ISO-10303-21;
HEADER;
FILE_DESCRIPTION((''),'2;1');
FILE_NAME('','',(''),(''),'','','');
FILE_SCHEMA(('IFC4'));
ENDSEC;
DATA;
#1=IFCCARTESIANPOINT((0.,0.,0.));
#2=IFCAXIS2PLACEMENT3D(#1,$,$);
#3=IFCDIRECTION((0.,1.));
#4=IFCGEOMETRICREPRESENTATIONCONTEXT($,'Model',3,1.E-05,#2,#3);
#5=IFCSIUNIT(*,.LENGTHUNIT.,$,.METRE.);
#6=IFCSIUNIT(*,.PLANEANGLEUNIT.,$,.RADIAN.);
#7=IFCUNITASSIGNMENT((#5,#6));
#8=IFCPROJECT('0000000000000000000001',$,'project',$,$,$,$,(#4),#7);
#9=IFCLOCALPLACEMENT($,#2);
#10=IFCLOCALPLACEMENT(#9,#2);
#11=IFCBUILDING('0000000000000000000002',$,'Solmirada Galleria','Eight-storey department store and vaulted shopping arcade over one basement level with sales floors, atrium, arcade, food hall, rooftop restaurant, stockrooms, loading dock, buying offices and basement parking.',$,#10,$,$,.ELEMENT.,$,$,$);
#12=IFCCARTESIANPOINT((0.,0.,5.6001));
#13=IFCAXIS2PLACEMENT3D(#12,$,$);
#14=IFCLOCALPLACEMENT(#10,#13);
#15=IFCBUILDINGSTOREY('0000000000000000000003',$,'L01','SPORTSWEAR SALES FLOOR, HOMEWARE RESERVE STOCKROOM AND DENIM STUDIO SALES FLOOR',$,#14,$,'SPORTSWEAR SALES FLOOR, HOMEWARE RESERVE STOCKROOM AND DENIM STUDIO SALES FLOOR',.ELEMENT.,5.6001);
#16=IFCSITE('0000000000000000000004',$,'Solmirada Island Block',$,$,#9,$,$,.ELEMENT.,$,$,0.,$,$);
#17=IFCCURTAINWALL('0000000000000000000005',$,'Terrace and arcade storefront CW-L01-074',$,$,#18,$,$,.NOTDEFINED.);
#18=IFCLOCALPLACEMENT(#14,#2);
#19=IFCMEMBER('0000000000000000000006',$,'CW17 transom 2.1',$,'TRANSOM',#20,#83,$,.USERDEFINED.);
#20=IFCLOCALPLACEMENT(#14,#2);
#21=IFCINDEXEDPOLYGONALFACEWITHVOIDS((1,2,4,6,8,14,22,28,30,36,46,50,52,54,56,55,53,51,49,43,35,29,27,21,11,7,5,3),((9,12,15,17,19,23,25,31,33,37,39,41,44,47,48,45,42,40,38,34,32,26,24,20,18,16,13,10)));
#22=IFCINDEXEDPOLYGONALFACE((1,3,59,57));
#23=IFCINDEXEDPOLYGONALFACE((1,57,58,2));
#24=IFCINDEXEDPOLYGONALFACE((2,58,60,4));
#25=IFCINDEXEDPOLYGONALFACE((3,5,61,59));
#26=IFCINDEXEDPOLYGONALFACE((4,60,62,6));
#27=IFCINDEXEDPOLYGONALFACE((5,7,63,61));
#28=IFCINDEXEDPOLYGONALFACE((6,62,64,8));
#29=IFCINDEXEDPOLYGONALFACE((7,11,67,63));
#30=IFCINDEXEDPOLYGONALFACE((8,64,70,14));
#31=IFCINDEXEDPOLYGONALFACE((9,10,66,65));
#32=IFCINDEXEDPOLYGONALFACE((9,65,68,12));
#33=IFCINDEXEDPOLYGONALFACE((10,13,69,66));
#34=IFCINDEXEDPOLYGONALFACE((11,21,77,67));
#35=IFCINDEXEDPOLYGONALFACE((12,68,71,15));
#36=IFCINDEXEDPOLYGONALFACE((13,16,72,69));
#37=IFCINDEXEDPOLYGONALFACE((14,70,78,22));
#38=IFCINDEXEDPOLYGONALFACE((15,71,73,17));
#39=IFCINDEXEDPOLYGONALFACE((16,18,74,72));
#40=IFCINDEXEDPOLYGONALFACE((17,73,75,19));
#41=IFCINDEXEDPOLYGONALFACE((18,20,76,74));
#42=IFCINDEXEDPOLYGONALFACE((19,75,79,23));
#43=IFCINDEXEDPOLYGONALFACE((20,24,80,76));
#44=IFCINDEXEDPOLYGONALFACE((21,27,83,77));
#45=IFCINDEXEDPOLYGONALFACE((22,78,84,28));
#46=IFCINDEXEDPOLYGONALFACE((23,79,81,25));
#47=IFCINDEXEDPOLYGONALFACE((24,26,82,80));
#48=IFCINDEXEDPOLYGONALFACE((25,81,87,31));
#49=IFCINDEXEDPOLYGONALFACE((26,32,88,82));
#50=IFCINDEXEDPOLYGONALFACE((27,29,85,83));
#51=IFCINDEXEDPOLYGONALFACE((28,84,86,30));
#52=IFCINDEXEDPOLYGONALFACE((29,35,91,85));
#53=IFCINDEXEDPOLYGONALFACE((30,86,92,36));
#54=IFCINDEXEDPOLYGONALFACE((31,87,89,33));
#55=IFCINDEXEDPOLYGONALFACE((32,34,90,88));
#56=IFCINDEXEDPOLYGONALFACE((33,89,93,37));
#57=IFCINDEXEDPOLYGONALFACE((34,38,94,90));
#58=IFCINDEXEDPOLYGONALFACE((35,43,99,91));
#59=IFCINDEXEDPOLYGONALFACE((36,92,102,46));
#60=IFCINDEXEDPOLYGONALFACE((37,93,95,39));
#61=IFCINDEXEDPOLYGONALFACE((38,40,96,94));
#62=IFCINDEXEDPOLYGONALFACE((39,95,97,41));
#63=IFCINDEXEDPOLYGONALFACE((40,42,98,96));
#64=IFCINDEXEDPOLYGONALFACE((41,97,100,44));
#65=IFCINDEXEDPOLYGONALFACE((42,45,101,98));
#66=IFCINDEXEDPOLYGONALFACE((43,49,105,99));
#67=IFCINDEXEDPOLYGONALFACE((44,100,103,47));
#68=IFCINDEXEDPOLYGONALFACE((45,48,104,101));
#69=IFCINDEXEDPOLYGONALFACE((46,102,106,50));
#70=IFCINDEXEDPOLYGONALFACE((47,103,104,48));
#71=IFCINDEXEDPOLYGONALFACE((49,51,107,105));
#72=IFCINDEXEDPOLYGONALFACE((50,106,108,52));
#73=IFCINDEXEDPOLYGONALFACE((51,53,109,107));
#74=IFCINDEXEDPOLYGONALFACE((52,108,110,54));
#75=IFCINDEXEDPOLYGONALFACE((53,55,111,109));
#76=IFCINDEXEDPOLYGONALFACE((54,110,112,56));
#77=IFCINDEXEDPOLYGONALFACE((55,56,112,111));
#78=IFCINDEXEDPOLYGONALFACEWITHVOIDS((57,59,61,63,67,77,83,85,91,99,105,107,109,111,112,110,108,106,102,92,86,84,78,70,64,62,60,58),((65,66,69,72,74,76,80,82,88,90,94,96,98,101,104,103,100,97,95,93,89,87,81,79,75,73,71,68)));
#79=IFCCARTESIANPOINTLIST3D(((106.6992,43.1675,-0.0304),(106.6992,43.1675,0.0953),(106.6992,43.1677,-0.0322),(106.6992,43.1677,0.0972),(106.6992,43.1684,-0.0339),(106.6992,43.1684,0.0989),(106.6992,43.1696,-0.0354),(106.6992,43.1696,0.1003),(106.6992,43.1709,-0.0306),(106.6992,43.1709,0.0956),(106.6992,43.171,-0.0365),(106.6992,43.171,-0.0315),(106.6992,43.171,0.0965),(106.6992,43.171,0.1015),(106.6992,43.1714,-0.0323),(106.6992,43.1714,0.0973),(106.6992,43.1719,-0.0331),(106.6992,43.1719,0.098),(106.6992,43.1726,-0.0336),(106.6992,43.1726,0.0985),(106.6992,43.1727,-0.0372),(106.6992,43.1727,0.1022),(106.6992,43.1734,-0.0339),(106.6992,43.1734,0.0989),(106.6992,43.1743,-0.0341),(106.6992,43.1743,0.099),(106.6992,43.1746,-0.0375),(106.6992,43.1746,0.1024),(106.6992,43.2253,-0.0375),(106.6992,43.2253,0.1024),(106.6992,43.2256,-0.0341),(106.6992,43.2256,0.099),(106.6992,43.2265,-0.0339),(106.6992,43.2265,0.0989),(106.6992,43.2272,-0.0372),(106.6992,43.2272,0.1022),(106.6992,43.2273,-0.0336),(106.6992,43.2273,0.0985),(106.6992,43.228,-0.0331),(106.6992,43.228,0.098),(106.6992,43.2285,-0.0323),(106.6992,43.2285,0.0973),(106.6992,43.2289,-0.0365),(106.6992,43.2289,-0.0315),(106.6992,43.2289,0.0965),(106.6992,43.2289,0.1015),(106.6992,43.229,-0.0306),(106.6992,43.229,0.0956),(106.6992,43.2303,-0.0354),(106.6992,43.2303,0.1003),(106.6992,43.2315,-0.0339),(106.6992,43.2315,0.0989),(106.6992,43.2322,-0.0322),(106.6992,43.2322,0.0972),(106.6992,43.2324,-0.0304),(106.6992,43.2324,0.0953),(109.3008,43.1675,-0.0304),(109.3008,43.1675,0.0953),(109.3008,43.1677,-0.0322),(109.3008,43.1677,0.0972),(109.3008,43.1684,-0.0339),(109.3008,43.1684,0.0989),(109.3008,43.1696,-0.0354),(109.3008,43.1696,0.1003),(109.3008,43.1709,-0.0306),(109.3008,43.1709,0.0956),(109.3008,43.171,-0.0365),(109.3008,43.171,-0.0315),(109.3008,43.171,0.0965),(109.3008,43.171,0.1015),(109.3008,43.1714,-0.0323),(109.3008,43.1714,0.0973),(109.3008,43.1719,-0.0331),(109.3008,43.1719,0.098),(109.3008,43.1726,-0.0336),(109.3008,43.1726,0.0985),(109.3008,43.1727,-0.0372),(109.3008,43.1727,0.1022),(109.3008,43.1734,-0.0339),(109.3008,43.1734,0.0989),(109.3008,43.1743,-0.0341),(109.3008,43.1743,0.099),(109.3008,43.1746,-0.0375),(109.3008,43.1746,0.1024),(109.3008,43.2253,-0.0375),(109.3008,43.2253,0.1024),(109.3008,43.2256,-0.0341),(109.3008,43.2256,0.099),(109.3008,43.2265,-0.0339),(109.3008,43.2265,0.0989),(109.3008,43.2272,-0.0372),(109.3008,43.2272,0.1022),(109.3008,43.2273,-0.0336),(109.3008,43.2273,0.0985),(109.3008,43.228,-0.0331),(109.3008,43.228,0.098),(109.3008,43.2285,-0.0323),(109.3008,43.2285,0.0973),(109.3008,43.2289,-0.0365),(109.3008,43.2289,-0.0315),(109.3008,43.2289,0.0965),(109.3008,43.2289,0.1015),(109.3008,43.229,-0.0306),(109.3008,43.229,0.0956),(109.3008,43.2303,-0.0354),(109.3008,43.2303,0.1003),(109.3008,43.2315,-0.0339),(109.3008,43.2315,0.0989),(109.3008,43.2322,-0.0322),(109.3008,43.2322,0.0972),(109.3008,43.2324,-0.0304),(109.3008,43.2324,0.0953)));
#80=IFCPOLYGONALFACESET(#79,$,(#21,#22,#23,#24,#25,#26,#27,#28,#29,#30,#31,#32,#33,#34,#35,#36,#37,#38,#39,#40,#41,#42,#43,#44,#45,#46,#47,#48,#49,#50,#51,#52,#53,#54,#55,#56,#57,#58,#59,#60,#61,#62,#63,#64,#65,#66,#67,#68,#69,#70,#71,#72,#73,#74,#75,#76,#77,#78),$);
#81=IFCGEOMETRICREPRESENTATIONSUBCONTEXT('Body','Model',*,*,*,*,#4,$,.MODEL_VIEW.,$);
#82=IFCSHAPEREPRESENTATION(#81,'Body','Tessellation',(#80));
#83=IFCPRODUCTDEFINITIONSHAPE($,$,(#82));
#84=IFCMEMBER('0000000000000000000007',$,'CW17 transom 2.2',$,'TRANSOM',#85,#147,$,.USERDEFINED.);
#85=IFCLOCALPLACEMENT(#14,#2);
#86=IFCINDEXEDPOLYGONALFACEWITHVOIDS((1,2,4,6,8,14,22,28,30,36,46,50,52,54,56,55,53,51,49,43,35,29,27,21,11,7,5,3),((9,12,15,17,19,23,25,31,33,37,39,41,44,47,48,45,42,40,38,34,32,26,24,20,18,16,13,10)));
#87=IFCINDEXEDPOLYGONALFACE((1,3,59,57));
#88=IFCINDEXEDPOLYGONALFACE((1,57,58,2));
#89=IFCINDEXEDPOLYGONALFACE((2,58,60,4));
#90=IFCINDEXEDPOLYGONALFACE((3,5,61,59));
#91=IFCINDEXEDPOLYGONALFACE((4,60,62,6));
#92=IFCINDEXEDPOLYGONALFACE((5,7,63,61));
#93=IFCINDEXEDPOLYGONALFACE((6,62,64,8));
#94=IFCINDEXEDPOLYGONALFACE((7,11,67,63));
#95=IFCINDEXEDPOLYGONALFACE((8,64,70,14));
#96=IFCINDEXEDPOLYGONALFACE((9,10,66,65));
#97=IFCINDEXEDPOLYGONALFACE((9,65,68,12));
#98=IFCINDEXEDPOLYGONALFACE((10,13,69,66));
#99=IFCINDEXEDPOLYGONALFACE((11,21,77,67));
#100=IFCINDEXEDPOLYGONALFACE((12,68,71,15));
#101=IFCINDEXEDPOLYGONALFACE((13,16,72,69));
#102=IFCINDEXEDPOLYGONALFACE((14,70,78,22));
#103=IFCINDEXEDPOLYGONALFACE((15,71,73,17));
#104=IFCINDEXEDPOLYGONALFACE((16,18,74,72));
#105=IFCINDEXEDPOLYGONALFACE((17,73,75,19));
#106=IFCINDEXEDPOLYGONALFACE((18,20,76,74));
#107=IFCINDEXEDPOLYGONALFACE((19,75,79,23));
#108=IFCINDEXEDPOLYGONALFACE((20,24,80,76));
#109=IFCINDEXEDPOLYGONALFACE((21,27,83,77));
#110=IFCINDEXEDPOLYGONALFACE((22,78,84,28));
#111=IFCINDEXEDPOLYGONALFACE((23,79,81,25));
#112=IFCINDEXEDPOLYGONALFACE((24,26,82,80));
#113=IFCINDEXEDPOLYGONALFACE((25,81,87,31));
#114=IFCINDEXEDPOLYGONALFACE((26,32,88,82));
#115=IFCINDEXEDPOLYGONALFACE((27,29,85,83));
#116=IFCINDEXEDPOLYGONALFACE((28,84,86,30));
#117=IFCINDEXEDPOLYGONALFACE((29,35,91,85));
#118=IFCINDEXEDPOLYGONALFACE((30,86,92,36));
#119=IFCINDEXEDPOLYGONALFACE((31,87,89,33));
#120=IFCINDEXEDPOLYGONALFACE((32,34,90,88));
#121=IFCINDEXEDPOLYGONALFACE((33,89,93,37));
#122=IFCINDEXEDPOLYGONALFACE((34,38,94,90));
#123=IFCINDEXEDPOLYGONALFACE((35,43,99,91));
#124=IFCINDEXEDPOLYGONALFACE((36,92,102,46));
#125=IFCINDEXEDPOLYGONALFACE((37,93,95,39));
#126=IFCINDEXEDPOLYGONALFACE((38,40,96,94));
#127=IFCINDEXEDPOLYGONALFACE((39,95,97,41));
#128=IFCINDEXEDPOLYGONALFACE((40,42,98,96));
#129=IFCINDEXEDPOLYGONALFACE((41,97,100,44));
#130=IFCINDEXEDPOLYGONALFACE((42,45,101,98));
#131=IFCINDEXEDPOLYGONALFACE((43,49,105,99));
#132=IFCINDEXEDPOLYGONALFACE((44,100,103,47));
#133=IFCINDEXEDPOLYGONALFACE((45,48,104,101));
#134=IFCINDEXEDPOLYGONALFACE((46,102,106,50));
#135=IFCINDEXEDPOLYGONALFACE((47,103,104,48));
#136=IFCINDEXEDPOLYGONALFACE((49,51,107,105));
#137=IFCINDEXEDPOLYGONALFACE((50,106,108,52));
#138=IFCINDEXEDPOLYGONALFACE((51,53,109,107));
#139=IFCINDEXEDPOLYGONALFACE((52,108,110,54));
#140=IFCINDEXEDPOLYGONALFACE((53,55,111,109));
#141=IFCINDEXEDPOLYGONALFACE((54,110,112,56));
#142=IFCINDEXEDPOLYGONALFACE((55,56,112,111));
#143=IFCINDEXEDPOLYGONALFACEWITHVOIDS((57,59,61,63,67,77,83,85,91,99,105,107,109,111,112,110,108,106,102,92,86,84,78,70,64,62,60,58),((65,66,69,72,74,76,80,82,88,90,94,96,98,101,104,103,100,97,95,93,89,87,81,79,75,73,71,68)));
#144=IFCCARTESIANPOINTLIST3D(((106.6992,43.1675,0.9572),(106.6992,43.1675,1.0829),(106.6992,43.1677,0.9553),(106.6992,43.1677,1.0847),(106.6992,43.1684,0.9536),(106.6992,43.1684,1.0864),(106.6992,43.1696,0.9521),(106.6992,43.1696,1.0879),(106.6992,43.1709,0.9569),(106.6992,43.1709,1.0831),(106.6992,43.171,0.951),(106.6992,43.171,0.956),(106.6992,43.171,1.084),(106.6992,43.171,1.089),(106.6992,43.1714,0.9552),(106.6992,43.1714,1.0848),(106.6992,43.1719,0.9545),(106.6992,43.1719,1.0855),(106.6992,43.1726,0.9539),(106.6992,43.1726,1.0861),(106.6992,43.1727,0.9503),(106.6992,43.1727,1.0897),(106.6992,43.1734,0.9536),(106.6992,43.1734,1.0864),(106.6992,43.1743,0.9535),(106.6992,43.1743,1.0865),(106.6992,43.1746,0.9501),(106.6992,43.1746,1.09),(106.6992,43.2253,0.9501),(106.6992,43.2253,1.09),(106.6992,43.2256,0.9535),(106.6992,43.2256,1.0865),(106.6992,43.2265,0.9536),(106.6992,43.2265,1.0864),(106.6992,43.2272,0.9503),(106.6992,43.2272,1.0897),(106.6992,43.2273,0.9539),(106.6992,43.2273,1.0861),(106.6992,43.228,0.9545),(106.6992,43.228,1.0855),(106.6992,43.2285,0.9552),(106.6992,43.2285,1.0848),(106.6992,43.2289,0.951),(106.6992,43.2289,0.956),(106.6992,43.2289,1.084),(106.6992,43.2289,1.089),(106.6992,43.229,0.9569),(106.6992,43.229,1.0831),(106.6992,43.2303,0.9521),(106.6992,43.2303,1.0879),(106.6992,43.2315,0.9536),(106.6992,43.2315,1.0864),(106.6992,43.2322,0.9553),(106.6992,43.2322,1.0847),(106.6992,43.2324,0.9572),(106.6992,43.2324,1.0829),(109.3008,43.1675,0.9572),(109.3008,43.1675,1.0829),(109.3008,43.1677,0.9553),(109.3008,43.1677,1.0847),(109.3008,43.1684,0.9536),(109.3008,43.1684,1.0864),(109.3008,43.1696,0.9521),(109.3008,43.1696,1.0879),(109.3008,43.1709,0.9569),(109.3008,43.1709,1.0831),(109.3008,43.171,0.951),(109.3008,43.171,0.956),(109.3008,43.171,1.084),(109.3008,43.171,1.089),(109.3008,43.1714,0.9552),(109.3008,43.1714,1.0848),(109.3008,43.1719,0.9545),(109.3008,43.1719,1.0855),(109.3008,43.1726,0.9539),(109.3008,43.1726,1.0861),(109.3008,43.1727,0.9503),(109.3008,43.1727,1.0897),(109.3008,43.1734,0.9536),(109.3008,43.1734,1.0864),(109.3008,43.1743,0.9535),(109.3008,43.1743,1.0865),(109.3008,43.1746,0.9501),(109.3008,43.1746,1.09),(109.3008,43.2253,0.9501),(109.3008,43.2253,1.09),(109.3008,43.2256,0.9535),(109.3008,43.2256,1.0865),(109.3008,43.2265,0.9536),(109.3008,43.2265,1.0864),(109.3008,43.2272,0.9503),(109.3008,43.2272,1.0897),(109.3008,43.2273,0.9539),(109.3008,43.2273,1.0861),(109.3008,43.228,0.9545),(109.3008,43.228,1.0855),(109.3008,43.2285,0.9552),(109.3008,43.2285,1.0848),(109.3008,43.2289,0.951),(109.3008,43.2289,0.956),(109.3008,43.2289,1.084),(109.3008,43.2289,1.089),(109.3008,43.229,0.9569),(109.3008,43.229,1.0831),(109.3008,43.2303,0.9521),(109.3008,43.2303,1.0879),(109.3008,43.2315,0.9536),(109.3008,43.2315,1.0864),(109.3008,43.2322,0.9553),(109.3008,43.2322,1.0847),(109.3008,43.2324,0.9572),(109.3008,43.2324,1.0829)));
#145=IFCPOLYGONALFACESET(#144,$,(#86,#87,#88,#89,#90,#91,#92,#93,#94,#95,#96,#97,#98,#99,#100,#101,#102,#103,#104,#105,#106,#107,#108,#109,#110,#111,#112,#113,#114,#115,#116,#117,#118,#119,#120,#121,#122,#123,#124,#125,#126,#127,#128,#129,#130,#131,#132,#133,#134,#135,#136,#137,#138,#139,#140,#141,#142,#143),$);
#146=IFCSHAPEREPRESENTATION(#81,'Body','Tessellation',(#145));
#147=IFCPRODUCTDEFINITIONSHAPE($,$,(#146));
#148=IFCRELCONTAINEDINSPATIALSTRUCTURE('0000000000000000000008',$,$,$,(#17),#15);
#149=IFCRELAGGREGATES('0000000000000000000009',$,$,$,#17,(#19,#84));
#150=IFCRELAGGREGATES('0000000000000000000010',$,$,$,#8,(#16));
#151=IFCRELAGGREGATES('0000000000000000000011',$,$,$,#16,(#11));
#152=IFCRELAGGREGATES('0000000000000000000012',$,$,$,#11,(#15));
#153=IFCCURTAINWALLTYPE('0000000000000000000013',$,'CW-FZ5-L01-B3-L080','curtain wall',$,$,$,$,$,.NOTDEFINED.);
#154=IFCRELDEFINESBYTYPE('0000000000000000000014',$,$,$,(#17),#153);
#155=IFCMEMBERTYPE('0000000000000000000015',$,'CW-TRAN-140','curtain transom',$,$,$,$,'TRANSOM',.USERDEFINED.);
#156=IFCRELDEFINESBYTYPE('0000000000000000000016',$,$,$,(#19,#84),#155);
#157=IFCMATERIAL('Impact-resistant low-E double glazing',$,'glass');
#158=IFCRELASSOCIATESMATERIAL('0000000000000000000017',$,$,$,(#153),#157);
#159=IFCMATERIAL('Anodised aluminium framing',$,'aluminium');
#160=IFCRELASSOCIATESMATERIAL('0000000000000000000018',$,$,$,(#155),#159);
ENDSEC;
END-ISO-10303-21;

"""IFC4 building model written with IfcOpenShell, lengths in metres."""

from ifc_helpers import new_model, si_unit, direction, frame, origin, origin_2d, place, context, subcontext, project, spatial, hollow_rectangle, extrude, material, material_profile, profile_set, type_object, element, aggregate, save


model = new_model("IFC4")

# Units and contexts
model_context = context("Model", 3, precision=1e-05, world=origin(), true_north=direction((0.0, 1.0)))
body_context = subcontext(model_context, "Body", "Model", "MODEL_VIEW")
ifc_project = project(units=[si_unit("LENGTHUNIT", "METRE"), si_unit("PLANEANGLEUNIT", "RADIAN")], contexts=[model_context])

# Site, building, storey
site_placement = place(None, origin())
site = spatial("IfcSite", under=ifc_project, at=site_placement, Name="Solmirada Island Block", CompositionType="ELEMENT", RefElevation=0.0)
building_placement = place(site_placement, origin())
building = spatial("IfcBuilding", under=site, at=building_placement, Name="Solmirada Galleria", Description="Eight-storey department store and vaulted shopping arcade over one basement level with sales floors, atrium, arcade, food hall, rooftop restaurant, stockrooms, loading dock, buying offices and basement parking.", CompositionType="ELEMENT")
storey_placement = place(building_placement, frame((0.0, 0.0, 5.6001)))
storey = spatial("IfcBuildingStorey", under=building, at=storey_placement, Name="L01", Description="SPORTSWEAR SALES FLOOR, HOMEWARE RESERVE STOCKROOM AND DENIM STUDIO SALES FLOOR", LongName="SPORTSWEAR SALES FLOOR, HOMEWARE RESERVE STOCKROOM AND DENIM STUDIO SALES FLOOR", CompositionType="ELEMENT", Elevation=5.6001)

# Shared definitions
ifc_material_1 = material(Name="Impact-resistant low-E double glazing", Category="glass")
ifc_material_2 = material(Name="Anodised aluminium framing", Category="aluminium")

# Curtain wall
curtain_wall_type_1 = type_object("IfcCurtainWallType", Name="CW-FZ5-L01-B3-L080", Description="curtain wall", PredefinedType="NOTDEFINED", material=ifc_material_1)
curtain_wall_1_placement = place(storey_placement, origin())
curtain_wall_1 = element("IfcCurtainWall", 1, at=curtain_wall_1_placement, inside=storey, type_object=curtain_wall_type_1, Name="Terrace and arcade storefront CW-L01-074", PredefinedType="NOTDEFINED")

# Members
ifc_material_profile_1 = material_profile(ifc_material_2, hollow_rectangle(XDim=0.0649, YDim=0.1399, WallThickness=0.0034, InnerFilletRadius=0.0034, OuterFilletRadius=0.0071, at=origin_2d()), Name="ALU-TRAN-140X65")
ifc_profile_set_1 = profile_set([ifc_material_profile_1], Name="Anodised aluminium framing")
member_type_1 = type_object("IfcMemberType", Name="CW-TRAN-140", Description="curtain transom", ElementType="TRANSOM", PredefinedType="USERDEFINED", material=ifc_profile_set_1)
member_1_placement = place(storey_placement, frame((106.6992, 43.2, 0.0325), z_axis=(1.0, 0.0, 0.0), x_axis=(0.0, 1.0, 0.0)))
member_1 = element("IfcMember", 2, at=member_1_placement, type_object=member_type_1, Name="CW17 transom 2.1", ObjectType="TRANSOM", PredefinedType="USERDEFINED", context=body_context, shape_type="SweptSolid", body=[
    extrude(hollow_rectangle(XDim=0.0649, YDim=0.1399, WallThickness=0.0034, InnerFilletRadius=0.0034, OuterFilletRadius=0.0071, at=origin_2d()), origin(), (0.0, 0.0, 1.0), 2.6016),
])
member_2_placement = place(storey_placement, frame((106.6992, 43.2, 1.02), z_axis=(1.0, 0.0, 0.0), x_axis=(0.0, 1.0, 0.0)))
member_2 = element("IfcMember", 3, at=member_2_placement, type_object=member_type_1, Name="CW17 transom 2.2", ObjectType="TRANSOM", PredefinedType="USERDEFINED", context=body_context, shape_type="SweptSolid", body=[
    extrude(hollow_rectangle(XDim=0.0649, YDim=0.1399, WallThickness=0.0034, InnerFilletRadius=0.0034, OuterFilletRadius=0.0071, at=origin_2d()), origin(), (0.0, 0.0, 1.0), 2.6016),
])

aggregate(curtain_wall_1, [member_1, member_2])

save(model, "model.ifc")
